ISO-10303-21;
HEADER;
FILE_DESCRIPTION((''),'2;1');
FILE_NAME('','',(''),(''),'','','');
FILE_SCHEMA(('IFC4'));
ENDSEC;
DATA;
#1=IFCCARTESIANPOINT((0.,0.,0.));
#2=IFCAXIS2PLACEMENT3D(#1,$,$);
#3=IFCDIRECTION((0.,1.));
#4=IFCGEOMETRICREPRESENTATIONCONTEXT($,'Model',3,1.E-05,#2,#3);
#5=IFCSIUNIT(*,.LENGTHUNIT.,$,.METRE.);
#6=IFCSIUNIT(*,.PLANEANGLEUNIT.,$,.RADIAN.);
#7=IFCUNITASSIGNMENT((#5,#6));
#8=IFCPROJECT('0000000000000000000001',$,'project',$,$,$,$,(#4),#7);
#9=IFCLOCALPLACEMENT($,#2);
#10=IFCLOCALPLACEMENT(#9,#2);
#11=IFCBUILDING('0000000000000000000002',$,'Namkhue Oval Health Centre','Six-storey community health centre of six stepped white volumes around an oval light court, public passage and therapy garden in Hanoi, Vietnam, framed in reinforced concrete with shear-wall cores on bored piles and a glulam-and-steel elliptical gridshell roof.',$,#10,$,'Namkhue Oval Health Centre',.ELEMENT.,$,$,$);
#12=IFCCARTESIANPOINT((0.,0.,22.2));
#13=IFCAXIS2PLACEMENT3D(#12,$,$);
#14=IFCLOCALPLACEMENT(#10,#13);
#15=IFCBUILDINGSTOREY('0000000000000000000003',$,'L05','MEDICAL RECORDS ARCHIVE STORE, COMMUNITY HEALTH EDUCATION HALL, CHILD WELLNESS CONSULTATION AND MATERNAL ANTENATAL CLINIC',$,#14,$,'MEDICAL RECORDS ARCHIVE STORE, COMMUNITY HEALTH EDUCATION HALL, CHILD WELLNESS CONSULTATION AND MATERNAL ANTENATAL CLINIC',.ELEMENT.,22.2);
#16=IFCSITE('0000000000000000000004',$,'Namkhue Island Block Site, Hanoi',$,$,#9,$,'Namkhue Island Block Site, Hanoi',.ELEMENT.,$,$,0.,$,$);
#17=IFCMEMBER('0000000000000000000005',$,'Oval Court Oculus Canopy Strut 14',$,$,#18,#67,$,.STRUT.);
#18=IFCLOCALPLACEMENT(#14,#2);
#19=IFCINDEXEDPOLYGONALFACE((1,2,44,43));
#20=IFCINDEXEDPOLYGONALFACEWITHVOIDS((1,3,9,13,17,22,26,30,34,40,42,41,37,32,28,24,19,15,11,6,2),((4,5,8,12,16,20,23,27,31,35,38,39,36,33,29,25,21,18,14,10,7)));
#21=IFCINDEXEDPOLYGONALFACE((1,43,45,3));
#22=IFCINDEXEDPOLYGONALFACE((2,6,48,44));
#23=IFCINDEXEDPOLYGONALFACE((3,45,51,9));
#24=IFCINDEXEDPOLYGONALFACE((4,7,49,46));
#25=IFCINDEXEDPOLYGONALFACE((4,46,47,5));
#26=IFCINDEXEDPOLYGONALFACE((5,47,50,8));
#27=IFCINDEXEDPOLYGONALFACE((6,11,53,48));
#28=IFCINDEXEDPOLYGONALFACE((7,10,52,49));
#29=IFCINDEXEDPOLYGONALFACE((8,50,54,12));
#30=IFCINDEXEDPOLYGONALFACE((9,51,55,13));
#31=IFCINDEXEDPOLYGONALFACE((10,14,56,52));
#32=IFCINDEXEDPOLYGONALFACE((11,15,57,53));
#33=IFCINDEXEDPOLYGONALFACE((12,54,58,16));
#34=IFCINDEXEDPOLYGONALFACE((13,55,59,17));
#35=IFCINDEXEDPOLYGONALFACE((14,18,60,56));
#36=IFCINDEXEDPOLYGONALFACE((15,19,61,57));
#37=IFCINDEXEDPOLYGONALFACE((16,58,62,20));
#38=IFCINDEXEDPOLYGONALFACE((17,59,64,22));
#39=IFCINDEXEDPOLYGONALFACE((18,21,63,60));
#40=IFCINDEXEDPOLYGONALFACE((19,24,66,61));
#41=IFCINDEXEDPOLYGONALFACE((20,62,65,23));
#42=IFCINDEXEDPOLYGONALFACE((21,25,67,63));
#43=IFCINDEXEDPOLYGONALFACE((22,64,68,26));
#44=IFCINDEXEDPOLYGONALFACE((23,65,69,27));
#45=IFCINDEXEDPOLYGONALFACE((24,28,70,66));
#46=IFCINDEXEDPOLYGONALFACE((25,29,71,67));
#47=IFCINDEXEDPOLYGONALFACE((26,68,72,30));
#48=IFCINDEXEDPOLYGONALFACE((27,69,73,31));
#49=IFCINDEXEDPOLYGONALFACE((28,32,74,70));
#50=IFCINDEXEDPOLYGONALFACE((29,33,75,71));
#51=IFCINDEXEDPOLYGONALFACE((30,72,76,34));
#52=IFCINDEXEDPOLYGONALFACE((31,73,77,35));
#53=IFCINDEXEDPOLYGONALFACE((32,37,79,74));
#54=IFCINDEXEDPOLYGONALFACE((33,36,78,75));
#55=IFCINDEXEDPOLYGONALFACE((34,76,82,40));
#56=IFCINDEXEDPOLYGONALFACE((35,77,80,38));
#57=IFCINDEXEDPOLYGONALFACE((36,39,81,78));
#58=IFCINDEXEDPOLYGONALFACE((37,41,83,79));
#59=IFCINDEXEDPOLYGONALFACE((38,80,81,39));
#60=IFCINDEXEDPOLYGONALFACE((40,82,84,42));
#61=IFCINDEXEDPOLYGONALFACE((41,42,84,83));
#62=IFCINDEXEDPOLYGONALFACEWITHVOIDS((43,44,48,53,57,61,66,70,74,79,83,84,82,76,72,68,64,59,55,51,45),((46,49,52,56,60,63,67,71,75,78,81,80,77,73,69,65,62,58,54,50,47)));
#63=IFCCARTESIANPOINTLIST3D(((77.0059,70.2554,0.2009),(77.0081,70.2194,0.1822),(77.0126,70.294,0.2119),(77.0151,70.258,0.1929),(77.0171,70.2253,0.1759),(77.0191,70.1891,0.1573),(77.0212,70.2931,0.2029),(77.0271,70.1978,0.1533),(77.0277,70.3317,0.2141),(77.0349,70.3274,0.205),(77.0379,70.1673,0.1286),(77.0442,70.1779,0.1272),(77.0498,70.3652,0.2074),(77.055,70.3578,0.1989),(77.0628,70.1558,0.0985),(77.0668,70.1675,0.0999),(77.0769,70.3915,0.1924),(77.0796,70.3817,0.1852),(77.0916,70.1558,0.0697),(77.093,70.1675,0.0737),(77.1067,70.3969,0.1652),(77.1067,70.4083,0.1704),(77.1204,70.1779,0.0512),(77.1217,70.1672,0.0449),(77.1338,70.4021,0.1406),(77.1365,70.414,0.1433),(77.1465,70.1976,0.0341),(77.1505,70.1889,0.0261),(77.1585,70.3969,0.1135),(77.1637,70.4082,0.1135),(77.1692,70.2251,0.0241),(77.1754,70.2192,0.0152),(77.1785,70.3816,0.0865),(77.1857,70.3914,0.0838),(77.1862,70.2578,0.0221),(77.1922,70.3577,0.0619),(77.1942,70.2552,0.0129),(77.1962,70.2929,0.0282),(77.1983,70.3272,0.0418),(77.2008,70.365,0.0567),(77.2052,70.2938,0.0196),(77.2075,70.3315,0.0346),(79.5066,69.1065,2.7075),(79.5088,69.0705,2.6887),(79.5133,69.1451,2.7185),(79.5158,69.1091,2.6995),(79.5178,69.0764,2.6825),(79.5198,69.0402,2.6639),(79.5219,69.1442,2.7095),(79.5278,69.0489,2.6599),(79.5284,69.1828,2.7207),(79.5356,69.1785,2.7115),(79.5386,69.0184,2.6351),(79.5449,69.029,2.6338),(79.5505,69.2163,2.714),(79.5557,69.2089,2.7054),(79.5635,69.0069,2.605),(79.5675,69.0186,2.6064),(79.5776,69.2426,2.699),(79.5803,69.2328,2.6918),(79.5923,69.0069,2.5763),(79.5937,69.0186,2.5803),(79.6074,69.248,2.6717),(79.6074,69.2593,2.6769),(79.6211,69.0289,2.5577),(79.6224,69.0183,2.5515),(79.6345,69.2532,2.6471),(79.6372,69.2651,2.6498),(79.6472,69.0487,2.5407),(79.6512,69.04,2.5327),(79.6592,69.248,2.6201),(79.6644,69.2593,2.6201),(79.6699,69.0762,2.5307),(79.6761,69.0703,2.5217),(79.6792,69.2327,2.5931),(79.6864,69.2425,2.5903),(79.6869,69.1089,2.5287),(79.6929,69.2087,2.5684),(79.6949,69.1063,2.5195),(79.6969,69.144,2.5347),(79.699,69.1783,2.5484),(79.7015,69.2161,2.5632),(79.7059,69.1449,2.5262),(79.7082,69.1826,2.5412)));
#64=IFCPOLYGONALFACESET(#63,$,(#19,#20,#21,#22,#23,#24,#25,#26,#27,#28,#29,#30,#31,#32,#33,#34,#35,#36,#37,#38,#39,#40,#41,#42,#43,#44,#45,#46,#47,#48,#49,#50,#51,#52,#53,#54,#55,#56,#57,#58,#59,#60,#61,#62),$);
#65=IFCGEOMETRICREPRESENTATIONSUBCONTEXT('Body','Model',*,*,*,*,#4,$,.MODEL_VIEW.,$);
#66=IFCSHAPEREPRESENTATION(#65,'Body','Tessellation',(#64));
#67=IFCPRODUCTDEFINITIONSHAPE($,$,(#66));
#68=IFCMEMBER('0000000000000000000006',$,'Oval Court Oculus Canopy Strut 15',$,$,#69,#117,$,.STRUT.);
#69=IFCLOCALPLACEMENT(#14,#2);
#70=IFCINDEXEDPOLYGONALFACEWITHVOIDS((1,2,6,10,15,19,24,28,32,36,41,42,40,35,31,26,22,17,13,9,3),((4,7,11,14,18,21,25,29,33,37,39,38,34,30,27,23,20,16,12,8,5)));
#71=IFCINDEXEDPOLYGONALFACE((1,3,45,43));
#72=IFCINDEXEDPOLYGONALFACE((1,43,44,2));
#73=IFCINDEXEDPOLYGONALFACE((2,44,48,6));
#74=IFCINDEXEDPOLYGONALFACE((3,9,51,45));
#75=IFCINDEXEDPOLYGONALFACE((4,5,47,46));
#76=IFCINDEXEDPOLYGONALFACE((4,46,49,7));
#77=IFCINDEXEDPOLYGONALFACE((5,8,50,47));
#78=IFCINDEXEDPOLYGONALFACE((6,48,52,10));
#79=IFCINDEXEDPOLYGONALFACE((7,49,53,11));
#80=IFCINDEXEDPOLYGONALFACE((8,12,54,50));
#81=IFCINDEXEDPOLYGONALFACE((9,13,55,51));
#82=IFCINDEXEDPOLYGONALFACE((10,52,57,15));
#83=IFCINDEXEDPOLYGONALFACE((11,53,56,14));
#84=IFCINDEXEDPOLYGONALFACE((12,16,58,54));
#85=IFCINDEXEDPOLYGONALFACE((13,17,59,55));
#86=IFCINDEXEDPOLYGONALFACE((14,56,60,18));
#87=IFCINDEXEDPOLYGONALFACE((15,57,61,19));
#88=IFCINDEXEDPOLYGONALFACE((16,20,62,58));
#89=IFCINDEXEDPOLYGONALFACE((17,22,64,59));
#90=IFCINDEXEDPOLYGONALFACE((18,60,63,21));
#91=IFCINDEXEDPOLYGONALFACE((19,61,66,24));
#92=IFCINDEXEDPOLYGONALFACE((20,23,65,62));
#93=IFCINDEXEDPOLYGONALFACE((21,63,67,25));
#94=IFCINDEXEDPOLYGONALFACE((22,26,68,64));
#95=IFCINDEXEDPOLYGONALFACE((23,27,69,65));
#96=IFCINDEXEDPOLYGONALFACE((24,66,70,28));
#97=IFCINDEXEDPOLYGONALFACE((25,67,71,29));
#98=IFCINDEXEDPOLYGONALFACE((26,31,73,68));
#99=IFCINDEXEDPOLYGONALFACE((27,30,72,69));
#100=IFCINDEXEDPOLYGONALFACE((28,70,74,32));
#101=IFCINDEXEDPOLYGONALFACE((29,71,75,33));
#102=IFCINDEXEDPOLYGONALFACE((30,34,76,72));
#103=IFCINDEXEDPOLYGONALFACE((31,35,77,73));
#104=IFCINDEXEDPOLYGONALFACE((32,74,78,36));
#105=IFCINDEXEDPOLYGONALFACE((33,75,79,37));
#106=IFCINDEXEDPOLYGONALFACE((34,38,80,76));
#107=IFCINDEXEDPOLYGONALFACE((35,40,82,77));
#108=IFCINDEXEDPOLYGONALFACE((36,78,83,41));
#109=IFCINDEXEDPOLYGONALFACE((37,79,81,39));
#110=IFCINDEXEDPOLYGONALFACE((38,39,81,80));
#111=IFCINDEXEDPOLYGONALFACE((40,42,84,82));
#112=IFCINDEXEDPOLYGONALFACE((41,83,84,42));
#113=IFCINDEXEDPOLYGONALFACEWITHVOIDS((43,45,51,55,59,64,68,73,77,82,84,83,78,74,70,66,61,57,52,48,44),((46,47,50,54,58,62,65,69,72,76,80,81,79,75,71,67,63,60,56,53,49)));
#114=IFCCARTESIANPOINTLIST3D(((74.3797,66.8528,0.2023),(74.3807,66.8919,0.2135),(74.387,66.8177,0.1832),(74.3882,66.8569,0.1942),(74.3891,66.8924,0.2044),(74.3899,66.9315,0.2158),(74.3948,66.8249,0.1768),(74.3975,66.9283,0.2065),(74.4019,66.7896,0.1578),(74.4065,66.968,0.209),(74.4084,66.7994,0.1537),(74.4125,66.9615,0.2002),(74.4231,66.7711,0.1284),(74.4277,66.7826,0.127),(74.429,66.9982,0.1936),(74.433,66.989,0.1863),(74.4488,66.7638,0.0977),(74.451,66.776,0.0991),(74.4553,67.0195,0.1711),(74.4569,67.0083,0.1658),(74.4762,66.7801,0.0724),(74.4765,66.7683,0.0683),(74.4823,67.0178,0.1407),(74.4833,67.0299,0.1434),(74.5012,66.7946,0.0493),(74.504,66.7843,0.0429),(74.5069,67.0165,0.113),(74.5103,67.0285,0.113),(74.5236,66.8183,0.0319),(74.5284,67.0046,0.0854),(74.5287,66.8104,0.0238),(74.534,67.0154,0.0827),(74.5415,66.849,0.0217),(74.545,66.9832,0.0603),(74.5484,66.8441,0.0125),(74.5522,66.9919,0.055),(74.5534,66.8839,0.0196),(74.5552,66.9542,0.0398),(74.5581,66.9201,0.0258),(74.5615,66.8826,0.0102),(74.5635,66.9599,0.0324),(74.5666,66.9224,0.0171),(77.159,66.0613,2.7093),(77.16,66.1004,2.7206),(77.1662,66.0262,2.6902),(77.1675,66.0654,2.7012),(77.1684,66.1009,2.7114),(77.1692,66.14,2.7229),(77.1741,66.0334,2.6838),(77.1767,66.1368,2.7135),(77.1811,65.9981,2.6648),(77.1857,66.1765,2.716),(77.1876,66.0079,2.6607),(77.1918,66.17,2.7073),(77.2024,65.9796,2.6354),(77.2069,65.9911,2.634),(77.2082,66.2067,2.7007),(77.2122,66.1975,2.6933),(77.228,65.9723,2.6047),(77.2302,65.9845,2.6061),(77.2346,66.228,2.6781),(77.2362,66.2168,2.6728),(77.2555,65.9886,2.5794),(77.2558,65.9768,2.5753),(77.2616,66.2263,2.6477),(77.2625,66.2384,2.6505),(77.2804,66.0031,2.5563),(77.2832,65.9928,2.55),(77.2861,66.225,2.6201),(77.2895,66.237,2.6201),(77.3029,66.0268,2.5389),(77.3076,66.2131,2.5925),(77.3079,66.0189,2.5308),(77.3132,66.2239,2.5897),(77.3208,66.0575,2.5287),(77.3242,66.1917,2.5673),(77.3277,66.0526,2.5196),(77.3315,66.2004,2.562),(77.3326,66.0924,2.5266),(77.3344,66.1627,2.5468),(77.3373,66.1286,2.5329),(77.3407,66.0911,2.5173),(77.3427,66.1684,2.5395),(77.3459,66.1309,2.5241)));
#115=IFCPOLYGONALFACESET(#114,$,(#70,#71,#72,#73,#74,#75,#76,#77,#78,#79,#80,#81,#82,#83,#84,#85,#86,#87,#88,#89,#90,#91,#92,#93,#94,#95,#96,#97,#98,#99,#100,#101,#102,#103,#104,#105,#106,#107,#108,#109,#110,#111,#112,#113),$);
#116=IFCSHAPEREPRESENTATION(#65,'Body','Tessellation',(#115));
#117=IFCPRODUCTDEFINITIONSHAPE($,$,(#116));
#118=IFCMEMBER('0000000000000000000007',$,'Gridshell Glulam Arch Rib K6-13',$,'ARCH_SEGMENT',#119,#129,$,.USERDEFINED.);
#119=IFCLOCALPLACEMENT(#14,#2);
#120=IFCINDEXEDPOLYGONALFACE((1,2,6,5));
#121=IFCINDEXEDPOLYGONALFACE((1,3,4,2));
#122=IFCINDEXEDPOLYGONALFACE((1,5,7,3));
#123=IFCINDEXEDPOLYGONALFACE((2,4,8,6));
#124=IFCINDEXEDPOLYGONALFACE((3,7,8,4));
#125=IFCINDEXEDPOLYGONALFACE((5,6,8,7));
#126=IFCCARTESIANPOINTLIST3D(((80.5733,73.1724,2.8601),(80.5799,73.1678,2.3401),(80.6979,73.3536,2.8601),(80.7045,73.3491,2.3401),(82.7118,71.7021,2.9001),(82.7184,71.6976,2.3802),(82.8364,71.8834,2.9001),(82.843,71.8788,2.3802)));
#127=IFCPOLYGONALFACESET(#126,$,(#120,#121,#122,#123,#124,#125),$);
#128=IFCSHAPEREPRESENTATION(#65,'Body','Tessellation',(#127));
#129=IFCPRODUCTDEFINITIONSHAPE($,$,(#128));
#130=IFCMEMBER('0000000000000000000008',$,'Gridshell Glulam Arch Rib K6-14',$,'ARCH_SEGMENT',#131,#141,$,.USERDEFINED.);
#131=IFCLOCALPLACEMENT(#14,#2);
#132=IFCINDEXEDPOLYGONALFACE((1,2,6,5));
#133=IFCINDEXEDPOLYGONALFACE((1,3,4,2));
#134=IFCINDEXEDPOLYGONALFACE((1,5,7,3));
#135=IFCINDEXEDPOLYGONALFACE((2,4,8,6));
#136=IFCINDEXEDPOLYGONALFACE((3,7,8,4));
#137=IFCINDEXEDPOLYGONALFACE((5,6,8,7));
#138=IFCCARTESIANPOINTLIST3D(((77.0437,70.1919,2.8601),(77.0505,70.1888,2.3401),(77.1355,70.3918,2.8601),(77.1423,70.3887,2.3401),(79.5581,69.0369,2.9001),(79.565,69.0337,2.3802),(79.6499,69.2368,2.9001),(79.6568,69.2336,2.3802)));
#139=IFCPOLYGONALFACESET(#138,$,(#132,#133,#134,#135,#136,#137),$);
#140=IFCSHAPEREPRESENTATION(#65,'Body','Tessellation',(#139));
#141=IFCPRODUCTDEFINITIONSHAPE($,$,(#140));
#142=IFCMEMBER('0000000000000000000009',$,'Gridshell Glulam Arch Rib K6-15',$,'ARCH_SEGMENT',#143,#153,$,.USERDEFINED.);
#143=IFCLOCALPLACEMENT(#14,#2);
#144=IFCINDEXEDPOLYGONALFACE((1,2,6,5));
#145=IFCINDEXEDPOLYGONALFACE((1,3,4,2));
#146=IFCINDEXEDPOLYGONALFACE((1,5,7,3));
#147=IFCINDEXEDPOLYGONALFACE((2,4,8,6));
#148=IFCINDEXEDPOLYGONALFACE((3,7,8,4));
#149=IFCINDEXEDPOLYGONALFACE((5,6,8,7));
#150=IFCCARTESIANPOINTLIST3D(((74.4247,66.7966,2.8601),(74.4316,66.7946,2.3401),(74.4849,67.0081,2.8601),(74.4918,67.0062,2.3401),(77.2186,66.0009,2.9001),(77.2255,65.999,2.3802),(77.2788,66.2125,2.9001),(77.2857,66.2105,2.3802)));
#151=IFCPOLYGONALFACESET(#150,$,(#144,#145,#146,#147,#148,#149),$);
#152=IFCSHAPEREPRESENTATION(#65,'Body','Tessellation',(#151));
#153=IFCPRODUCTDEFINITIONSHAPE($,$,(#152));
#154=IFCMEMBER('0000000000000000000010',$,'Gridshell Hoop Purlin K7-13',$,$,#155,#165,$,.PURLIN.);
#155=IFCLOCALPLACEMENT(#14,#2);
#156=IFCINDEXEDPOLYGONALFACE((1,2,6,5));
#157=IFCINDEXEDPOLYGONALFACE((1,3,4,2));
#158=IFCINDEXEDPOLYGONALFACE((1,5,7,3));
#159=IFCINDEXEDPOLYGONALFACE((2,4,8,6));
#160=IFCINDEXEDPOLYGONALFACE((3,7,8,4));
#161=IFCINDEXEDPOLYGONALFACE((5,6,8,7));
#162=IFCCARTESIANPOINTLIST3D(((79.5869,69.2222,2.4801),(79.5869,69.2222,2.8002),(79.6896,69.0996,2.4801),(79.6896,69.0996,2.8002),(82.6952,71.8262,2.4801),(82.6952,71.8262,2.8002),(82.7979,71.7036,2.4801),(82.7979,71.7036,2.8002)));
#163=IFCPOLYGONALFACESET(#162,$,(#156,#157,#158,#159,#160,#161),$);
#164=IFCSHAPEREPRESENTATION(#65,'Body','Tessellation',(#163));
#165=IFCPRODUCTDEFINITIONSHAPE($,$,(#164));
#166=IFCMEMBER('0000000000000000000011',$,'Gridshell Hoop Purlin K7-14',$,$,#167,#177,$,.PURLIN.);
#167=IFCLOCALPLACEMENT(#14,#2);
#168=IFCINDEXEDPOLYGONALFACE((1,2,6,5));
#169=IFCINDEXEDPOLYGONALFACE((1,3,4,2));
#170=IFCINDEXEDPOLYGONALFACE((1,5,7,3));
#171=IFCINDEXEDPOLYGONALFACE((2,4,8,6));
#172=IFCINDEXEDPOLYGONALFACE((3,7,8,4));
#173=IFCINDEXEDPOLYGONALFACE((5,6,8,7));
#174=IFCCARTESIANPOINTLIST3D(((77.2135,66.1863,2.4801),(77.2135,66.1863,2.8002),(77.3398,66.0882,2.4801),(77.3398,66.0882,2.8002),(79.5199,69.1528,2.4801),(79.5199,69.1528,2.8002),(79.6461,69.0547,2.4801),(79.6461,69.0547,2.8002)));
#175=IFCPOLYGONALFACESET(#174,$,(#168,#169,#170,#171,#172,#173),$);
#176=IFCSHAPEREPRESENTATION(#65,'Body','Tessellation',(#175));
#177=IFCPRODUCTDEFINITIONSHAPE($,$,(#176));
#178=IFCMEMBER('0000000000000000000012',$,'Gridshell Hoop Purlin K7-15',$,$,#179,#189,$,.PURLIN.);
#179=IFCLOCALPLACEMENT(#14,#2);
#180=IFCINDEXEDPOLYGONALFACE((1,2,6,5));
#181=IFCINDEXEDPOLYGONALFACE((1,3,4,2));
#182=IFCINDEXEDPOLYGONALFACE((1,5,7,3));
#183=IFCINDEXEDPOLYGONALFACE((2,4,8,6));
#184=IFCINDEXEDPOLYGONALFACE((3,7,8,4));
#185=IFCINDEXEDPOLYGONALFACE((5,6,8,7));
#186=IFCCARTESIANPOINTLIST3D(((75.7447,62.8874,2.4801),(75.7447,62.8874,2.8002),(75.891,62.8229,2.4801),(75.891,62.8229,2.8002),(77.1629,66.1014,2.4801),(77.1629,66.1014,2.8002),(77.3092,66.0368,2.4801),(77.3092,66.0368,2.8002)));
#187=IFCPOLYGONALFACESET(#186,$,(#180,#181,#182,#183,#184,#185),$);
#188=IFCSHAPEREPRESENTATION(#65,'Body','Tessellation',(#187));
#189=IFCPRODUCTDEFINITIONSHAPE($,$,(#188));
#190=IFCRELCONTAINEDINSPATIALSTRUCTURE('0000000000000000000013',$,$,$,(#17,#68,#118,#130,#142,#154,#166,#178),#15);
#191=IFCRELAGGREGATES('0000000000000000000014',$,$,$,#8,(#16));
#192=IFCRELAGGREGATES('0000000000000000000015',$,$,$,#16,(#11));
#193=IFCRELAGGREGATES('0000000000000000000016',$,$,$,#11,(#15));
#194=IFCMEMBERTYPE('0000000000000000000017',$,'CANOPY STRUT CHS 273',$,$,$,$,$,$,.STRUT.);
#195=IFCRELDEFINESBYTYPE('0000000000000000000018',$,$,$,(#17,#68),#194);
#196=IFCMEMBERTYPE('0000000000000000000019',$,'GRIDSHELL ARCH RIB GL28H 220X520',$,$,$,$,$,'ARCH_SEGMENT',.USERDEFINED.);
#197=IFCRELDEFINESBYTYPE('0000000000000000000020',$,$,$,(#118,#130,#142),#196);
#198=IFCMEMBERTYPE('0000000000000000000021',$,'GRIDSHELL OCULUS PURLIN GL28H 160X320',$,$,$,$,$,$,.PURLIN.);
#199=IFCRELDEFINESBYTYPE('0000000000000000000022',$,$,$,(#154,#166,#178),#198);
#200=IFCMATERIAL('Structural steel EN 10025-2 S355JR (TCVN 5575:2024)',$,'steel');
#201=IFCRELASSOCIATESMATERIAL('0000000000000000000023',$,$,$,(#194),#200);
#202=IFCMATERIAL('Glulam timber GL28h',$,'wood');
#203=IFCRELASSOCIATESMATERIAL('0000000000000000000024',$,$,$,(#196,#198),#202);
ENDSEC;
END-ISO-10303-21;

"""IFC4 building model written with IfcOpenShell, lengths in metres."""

from ifc_helpers import new_model, si_unit, direction, frame, origin, origin_2d, place, context, subcontext, project, spatial, rectangle, hollow_circle, extrude, material, material_profile, profile_set, type_object, element, save


model = new_model("IFC4")

# Units and contexts
model_context = context("Model", 3, precision=1e-05, world=origin(), true_north=direction((0.0, 1.0)))
body_context = subcontext(model_context, "Body", "Model", "MODEL_VIEW")
ifc_project = project(units=[si_unit("LENGTHUNIT", "METRE"), si_unit("PLANEANGLEUNIT", "RADIAN")], contexts=[model_context])

# Site, building, storey
site_placement = place(None, origin())
site = spatial("IfcSite", under=ifc_project, at=site_placement, Name="Namkhue Island Block Site, Hanoi", LongName="Namkhue Island Block Site, Hanoi", CompositionType="ELEMENT", RefElevation=0.0)
building_placement = place(site_placement, origin())
building = spatial("IfcBuilding", under=site, at=building_placement, Name="Namkhue Oval Health Centre", Description="Six-storey community health centre of six stepped white volumes around an oval light court, public passage and therapy garden in Hanoi, Vietnam, framed in reinforced concrete with shear-wall cores on bored piles and a glulam-and-steel elliptical gridshell roof.", LongName="Namkhue Oval Health Centre", CompositionType="ELEMENT")
storey_placement = place(building_placement, frame((0.0, 0.0, 22.2)))
storey = spatial("IfcBuildingStorey", under=building, at=storey_placement, Name="L05", Description="MEDICAL RECORDS ARCHIVE STORE, COMMUNITY HEALTH EDUCATION HALL, CHILD WELLNESS CONSULTATION AND MATERNAL ANTENATAL CLINIC", LongName="MEDICAL RECORDS ARCHIVE STORE, COMMUNITY HEALTH EDUCATION HALL, CHILD WELLNESS CONSULTATION AND MATERNAL ANTENATAL CLINIC", CompositionType="ELEMENT", Elevation=22.2)

# Members
ifc_material_1 = material(Name="Structural steel EN 10025-2 S355JR (TCVN 5575:2024)", Category="steel")
ifc_material_profile_1 = material_profile(ifc_material_1, hollow_circle(Radius=0.1365, WallThickness=0.0125, at=origin_2d()), Name="CHS 273x12.5")
ifc_profile_set_1 = profile_set([ifc_material_profile_1], Name="Structural steel EN 10025-2 S355JR (TCVN 5575:2024)")
member_type_1 = type_object("IfcMemberType", Name="CANOPY STRUT CHS 273", PredefinedType="STRUT", material=ifc_profile_set_1)
member_1_placement = place(storey_placement, frame((77.1067, 70.2842, 0.1135), z_axis=(0.671796, -0.308647, 0.67337), x_axis=(0.417482, 0.908685, 0.0)))
element("IfcMember", 1, at=member_1_placement, inside=storey, type_object=member_type_1, Name="Oval Court Oculus Canopy Strut 14", PredefinedType="STRUT", context=body_context, shape_type="SweptSolid", body=[
    extrude(hollow_circle(Radius=0.1365, WallThickness=0.0125, at=origin_2d()), origin(), (0.0, 0.0, 1.0), 3.7224),
])
member_2_placement = place(storey_placement, frame((74.4729, 66.8972, 0.113), z_axis=(0.72647, -0.206888, 0.655316), x_axis=(0.273895, 0.96176, 0.0)))
element("IfcMember", 2, at=member_2_placement, inside=storey, type_object=member_type_1, Name="Oval Court Oculus Canopy Strut 15", PredefinedType="STRUT", context=body_context, shape_type="SweptSolid", body=[
    extrude(hollow_circle(Radius=0.1365, WallThickness=0.0125, at=origin_2d()), origin(), (0.0, 0.0, 1.0), 3.8257),
])
ifc_material_2 = material(Name="Glulam timber GL28h", Category="wood")
ifc_material_profile_2 = material_profile(ifc_material_2, rectangle(XDim=0.22, YDim=0.52, at=origin_2d()), Name="GL28h 220x520")
ifc_profile_set_2 = profile_set([ifc_material_profile_2], Name="Glulam timber GL28h")
member_type_2 = type_object("IfcMemberType", Name="GRIDSHELL ARCH RIB GL28H 220X520", ElementType="ARCH_SEGMENT", PredefinedType="USERDEFINED", material=ifc_profile_set_2)
member_3_placement = place(storey_placement, frame((80.6389, 73.2607, 2.6001), z_axis=(0.823936, -0.566473, 0.015427), x_axis=(0.566541, 0.824034, 0.0)))
element("IfcMember", 3, at=member_3_placement, inside=storey, type_object=member_type_2, Name="Gridshell Glulam Arch Rib K6-13", ObjectType="ARCH_SEGMENT", PredefinedType="USERDEFINED", context=body_context, shape_type="SweptSolid", body=[
    extrude(rectangle(XDim=0.22, YDim=0.52, at=origin_2d()), origin(), (0.0, 0.0, 1.0), 2.5955),
])
member_4_placement = place(storey_placement, frame((77.093, 70.2903, 2.6001), z_axis=(0.908614, -0.417386, 0.014469), x_axis=(0.417429, 0.908709, 0.0)))
element("IfcMember", 4, at=member_4_placement, inside=storey, type_object=member_type_2, Name="Gridshell Glulam Arch Rib K6-14", ObjectType="ARCH_SEGMENT", PredefinedType="USERDEFINED", context=body_context, shape_type="SweptSolid", body=[
    extrude(rectangle(XDim=0.22, YDim=0.52, at=origin_2d()), origin(), (0.0, 0.0, 1.0), 2.7673),
])
member_5_placement = place(storey_placement, frame((74.4583, 66.9014, 2.6001), z_axis=(0.96167, -0.273863, 0.013781), x_axis=(0.273889, 0.961761, 0.0)))
element("IfcMember", 5, at=member_5_placement, inside=storey, type_object=member_type_2, Name="Gridshell Glulam Arch Rib K6-15", ObjectType="ARCH_SEGMENT", PredefinedType="USERDEFINED", context=body_context, shape_type="SweptSolid", body=[
    extrude(rectangle(XDim=0.22, YDim=0.52, at=origin_2d()), origin(), (0.0, 0.0, 1.0), 2.9053),
])
ifc_material_profile_3 = material_profile(ifc_material_2, rectangle(XDim=0.1599, YDim=0.3201, at=origin_2d()), Name="GL28h 160x320")
ifc_profile_set_3 = profile_set([ifc_material_profile_3], Name="Glulam timber GL28h")
member_type_3 = type_object("IfcMemberType", Name="GRIDSHELL OCULUS PURLIN GL28H 160X320", PredefinedType="PURLIN", material=ifc_profile_set_3)
member_6_placement = place(storey_placement, frame((82.7466, 71.7649, 2.6401), z_axis=(-0.766561, -0.642172, 0.0), x_axis=(0.642172, -0.766561, 0.0)))
element("IfcMember", 6, at=member_6_placement, inside=storey, type_object=member_type_3, Name="Gridshell Hoop Purlin K7-13", PredefinedType="PURLIN", context=body_context, shape_type="SweptSolid", body=[
    extrude(rectangle(XDim=0.1599, YDim=0.3201, at=origin_2d()), origin(), (0.0, 0.0, 1.0), 4.0549),
])
member_7_placement = place(storey_placement, frame((79.583, 69.1038, 2.6401), z_axis=(-0.613788, -0.789471, 0.0), x_axis=(0.789471, -0.613788, 0.0)))
element("IfcMember", 7, at=member_7_placement, inside=storey, type_object=member_type_3, Name="Gridshell Hoop Purlin K7-14", PredefinedType="PURLIN", context=body_context, shape_type="SweptSolid", body=[
    extrude(rectangle(XDim=0.1599, YDim=0.3201, at=origin_2d()), origin(), (0.0, 0.0, 1.0), 3.7576),
])
member_8_placement = place(storey_placement, frame((77.2361, 66.0691, 2.6401), z_axis=(-0.403719, -0.914883, 0.0), x_axis=(0.914883, -0.403719, 0.0)))
element("IfcMember", 8, at=member_8_placement, inside=storey, type_object=member_type_3, Name="Gridshell Hoop Purlin K7-15", PredefinedType="PURLIN", context=body_context, shape_type="SweptSolid", body=[
    extrude(rectangle(XDim=0.1599, YDim=0.3201, at=origin_2d()), origin(), (0.0, 0.0, 1.0), 3.5129),
])

save(model, "model.ifc")
